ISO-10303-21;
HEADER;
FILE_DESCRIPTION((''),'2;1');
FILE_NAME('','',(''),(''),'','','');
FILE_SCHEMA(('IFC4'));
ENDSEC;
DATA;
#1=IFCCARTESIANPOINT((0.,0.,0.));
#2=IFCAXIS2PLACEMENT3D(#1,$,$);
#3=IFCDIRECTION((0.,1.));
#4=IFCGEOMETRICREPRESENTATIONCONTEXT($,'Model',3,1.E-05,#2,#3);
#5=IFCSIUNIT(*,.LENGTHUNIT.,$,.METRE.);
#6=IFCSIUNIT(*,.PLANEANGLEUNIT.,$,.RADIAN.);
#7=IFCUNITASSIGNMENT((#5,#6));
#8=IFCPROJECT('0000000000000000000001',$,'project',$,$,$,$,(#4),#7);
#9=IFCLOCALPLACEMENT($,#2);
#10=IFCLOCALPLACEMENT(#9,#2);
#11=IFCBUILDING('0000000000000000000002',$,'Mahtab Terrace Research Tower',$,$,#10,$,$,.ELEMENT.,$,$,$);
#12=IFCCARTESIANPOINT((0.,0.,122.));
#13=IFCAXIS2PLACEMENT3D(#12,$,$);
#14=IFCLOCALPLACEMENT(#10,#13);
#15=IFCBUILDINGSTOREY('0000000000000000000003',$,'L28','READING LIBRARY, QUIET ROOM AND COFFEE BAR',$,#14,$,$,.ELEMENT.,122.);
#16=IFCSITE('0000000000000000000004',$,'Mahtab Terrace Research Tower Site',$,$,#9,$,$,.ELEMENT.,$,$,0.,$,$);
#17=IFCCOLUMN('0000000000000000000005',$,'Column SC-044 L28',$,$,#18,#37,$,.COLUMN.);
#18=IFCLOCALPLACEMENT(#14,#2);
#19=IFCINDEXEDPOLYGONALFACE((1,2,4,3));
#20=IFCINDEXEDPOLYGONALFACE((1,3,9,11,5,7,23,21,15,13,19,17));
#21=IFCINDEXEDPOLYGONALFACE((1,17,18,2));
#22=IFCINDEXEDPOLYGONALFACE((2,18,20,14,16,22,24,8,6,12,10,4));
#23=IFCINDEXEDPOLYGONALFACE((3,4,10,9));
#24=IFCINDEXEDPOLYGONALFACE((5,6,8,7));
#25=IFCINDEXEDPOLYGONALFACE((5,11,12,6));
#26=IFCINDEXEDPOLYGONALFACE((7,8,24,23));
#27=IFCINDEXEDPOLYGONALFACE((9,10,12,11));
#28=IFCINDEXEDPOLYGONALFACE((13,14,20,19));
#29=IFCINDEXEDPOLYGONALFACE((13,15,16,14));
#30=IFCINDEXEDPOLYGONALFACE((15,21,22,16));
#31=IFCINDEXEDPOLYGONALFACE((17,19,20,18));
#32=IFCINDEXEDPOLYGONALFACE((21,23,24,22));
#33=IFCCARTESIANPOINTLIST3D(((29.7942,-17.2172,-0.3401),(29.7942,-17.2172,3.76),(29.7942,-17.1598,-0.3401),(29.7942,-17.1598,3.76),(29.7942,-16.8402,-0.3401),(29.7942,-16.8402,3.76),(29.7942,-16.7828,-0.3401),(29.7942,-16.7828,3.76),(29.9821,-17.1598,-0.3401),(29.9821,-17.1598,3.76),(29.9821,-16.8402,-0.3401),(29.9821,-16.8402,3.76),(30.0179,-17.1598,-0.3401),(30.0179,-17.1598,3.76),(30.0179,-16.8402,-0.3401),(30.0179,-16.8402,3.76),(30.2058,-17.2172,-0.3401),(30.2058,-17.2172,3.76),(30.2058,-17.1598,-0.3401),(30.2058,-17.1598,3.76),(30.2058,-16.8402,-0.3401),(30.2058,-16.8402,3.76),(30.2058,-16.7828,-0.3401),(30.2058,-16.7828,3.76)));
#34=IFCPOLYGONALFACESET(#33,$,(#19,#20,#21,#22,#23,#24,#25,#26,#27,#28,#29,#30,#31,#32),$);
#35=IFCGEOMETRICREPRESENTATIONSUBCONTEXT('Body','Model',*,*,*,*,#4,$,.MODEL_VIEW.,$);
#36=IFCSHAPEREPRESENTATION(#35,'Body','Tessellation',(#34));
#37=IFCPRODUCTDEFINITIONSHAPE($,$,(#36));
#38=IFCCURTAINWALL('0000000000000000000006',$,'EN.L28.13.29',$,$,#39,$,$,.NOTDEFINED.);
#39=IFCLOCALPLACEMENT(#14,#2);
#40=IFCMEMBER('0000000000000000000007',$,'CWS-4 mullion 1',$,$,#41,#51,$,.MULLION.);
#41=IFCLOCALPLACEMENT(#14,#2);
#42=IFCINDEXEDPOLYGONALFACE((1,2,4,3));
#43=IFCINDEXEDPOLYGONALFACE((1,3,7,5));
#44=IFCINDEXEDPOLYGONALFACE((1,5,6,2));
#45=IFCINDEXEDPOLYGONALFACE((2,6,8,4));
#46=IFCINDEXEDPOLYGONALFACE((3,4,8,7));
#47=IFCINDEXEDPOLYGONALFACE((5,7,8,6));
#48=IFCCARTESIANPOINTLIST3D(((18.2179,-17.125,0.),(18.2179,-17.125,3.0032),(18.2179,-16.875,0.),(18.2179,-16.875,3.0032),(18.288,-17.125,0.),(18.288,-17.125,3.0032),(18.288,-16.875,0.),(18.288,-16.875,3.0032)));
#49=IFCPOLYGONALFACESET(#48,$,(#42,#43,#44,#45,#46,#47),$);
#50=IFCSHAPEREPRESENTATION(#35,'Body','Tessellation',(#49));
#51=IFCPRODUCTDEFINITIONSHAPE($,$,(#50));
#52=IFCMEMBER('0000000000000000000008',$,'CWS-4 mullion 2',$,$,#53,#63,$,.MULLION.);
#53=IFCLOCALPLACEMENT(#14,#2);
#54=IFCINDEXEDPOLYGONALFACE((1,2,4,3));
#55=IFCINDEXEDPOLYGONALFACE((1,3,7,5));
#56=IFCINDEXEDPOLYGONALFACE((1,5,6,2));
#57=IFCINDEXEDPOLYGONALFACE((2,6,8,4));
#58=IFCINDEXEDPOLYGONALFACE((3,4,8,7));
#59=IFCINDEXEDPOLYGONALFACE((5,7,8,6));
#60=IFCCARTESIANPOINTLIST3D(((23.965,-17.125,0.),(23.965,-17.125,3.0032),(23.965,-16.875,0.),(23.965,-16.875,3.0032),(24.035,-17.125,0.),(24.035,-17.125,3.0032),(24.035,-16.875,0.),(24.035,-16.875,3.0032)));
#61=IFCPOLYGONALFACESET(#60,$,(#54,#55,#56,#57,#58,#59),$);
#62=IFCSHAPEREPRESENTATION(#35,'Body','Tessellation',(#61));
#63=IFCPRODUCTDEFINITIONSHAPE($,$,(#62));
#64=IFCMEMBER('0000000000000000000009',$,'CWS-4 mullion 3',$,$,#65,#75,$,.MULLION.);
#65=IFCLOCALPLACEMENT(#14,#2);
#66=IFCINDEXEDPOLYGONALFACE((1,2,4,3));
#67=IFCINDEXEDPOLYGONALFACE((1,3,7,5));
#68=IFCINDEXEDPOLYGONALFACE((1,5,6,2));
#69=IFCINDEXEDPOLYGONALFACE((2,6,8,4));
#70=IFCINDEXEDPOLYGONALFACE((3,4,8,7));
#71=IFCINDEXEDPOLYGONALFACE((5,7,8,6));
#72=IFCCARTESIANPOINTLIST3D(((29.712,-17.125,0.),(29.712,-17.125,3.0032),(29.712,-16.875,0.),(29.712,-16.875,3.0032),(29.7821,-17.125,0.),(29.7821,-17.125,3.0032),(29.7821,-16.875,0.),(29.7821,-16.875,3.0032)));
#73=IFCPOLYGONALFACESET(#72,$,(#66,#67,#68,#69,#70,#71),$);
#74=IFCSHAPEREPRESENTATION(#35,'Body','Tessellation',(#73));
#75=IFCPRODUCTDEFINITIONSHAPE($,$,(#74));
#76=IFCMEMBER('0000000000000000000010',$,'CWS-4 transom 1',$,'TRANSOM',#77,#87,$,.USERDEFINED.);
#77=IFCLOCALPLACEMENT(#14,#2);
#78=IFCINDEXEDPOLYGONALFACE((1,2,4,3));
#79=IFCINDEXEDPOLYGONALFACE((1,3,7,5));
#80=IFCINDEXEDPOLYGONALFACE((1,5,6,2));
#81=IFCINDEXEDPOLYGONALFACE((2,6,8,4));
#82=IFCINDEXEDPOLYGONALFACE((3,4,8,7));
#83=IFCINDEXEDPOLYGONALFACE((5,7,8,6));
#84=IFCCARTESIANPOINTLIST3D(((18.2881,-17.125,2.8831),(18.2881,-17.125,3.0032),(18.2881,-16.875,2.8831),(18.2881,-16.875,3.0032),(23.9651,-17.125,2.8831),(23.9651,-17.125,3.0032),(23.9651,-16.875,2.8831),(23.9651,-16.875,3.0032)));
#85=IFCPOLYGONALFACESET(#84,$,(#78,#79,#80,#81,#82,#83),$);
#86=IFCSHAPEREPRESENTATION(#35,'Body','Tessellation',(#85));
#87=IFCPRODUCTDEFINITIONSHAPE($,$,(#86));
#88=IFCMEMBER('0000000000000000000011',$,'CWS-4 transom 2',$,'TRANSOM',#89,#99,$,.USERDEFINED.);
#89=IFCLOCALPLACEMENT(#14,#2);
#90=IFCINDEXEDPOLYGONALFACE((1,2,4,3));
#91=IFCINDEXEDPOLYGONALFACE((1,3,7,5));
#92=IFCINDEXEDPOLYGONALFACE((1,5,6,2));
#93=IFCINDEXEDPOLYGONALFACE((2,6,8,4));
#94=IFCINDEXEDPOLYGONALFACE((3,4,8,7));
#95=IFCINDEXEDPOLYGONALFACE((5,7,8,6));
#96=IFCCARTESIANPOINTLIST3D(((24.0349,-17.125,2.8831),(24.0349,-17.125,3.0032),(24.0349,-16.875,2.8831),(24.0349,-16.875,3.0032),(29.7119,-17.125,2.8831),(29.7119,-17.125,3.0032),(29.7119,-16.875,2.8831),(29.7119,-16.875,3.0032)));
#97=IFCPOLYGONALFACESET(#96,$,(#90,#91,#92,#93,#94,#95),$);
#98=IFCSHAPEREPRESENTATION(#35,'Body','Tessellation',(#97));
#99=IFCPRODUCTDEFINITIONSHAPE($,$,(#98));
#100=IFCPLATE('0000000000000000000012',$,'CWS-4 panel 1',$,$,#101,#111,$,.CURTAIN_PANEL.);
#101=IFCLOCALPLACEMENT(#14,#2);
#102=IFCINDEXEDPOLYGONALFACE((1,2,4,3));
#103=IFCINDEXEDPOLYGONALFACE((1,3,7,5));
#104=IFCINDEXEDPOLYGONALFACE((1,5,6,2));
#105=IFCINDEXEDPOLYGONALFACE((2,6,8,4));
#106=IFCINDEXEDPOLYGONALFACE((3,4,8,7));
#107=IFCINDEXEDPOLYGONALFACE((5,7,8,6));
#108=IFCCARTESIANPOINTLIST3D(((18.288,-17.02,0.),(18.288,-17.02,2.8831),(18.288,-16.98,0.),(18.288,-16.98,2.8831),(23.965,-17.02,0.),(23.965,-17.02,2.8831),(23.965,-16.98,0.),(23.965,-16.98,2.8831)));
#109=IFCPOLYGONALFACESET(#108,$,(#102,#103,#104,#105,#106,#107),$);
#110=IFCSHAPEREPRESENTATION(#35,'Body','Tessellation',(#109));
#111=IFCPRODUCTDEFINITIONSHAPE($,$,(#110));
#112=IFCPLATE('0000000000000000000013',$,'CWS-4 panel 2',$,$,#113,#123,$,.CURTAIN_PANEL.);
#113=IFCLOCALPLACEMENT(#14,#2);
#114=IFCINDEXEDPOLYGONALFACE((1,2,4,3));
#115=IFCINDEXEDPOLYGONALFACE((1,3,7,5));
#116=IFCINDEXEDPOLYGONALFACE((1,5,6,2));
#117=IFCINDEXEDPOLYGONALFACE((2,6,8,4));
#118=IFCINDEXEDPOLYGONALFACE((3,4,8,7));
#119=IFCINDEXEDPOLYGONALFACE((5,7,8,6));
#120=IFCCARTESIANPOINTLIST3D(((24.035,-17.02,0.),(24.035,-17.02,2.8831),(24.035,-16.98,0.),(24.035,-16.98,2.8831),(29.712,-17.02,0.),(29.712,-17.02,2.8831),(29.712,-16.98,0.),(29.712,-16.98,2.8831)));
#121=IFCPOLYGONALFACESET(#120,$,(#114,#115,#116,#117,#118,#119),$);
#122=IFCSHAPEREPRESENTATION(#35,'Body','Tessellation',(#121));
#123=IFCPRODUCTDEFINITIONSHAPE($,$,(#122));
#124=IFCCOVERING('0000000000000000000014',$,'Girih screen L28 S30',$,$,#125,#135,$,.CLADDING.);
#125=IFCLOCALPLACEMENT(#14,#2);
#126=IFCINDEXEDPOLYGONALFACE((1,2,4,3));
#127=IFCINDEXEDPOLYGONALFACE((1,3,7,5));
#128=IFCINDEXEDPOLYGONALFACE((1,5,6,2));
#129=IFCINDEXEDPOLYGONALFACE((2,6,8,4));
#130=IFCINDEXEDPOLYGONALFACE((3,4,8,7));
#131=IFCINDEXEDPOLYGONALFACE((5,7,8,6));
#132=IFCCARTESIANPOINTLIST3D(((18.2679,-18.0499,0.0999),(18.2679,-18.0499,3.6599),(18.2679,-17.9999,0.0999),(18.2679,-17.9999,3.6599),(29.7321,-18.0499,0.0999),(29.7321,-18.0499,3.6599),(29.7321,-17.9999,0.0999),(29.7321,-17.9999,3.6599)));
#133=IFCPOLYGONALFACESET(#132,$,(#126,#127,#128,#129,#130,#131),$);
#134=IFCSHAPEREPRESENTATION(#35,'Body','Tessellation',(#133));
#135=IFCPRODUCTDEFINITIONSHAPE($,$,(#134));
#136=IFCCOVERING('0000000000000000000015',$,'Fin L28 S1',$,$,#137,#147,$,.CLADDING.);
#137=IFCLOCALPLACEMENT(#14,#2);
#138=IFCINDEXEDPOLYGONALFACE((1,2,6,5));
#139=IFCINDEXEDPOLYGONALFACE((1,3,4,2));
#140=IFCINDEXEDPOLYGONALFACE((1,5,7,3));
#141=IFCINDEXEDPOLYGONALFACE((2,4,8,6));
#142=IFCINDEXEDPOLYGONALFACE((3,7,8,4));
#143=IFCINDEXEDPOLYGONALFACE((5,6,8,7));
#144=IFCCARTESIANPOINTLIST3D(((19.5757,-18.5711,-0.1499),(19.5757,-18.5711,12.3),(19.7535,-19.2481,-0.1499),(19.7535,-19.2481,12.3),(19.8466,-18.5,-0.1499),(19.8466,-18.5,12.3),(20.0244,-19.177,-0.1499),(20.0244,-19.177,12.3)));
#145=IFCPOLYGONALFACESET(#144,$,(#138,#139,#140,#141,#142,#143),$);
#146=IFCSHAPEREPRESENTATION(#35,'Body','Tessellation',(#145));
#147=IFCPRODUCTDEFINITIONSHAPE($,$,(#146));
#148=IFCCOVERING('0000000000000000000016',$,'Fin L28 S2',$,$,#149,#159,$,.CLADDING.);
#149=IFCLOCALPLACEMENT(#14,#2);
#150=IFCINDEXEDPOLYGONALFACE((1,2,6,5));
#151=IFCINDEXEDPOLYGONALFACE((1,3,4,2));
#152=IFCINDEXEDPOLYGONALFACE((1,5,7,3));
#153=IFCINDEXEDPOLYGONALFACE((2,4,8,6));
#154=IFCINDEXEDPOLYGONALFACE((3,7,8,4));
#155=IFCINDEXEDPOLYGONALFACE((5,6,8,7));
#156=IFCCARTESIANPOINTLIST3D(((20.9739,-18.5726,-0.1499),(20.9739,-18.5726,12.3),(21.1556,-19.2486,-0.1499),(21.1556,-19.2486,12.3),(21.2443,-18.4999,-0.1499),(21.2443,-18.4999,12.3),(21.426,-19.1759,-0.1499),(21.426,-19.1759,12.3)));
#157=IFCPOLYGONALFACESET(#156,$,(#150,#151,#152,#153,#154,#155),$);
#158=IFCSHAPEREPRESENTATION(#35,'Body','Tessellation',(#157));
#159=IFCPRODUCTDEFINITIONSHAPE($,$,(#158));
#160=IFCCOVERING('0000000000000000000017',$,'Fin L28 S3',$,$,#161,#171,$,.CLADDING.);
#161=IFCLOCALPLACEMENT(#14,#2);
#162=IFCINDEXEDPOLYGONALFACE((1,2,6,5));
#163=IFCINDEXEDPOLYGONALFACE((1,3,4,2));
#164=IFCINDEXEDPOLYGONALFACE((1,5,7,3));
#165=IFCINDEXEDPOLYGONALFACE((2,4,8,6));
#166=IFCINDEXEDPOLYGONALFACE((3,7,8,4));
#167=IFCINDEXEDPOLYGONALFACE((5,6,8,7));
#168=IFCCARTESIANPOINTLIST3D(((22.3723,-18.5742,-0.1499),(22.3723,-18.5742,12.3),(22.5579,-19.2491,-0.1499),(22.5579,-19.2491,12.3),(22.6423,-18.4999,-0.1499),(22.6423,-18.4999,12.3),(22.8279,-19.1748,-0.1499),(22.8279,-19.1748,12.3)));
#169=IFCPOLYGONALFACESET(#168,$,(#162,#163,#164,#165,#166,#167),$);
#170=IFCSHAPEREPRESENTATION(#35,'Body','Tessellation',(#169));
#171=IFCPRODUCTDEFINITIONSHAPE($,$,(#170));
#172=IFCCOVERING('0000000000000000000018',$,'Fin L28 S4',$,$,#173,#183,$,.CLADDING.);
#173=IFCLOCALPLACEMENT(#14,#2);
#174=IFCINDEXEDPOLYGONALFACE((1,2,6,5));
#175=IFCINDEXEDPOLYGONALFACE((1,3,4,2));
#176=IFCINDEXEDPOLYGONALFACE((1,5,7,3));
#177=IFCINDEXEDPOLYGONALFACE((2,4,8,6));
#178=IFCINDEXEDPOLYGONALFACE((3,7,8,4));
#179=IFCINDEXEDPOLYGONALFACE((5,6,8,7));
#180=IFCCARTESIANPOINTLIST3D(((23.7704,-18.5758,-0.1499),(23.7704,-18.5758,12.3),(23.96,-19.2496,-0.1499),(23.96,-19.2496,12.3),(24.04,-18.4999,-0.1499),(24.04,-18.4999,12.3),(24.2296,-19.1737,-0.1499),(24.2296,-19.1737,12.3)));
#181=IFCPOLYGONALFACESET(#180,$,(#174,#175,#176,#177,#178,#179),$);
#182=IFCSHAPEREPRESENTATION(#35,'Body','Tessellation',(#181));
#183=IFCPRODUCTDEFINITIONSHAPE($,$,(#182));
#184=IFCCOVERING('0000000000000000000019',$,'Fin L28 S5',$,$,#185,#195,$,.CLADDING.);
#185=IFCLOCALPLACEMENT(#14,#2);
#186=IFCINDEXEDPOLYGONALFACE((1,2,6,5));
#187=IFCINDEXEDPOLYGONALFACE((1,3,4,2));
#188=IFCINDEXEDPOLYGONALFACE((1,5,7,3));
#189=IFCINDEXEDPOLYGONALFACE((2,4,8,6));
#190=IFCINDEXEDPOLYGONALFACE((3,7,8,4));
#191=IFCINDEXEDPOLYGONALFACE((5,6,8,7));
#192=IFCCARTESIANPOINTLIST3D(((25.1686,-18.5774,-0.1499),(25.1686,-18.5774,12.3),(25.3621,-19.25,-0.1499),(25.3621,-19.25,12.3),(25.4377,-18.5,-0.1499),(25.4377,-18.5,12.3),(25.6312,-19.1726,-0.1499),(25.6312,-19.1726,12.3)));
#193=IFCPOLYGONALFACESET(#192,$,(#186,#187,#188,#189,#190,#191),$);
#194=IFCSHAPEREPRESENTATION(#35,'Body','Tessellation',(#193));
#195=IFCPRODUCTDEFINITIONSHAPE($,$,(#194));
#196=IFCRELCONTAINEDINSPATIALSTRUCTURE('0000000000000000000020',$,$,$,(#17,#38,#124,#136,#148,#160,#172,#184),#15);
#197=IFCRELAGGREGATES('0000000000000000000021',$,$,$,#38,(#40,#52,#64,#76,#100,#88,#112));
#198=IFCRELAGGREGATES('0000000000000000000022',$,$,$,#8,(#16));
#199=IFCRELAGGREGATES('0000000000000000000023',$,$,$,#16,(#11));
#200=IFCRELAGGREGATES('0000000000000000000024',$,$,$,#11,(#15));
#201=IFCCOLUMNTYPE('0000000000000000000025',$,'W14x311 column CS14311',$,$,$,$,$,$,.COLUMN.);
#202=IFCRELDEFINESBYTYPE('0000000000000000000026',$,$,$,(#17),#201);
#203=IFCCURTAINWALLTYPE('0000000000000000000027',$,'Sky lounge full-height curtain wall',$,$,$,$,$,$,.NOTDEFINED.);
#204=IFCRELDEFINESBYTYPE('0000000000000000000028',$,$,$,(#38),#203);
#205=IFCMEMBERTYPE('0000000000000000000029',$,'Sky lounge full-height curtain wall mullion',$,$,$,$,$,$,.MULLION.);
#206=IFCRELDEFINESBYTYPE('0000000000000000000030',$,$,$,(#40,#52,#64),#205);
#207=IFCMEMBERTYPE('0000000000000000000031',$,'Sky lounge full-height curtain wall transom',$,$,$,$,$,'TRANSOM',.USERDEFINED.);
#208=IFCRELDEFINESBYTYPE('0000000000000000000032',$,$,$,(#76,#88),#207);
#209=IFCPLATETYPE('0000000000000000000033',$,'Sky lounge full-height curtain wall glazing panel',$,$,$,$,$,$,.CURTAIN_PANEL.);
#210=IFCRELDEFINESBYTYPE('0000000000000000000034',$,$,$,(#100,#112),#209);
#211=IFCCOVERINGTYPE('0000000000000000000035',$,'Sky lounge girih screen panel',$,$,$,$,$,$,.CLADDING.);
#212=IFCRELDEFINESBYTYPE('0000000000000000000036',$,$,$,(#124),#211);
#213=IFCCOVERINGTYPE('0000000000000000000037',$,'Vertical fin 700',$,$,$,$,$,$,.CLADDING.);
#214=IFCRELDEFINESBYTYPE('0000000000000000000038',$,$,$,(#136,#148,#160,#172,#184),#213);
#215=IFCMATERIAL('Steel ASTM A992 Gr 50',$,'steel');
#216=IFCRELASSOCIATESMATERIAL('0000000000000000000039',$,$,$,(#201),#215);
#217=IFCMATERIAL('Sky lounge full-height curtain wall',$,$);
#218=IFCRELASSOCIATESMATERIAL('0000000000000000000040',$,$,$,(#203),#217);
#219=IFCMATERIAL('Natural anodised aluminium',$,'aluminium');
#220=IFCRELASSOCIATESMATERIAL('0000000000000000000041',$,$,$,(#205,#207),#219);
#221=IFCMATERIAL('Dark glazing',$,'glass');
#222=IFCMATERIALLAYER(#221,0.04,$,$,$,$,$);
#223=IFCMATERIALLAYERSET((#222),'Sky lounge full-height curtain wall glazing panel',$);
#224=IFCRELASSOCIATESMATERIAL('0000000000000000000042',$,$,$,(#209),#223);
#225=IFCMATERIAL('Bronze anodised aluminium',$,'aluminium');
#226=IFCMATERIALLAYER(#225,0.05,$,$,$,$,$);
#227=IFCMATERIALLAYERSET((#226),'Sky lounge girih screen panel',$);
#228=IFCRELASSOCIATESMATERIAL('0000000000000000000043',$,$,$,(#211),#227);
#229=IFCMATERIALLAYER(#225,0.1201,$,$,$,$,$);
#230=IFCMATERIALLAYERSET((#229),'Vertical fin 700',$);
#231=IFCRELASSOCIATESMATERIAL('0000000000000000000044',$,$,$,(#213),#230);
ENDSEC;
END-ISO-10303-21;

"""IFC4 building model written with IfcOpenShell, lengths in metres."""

from ifc_helpers import new_model, si_unit, direction, frame, origin, origin_2d, place, context, subcontext, project, spatial, rectangle, i_section, extrude, material, layer, layer_set, material_profile, profile_set, type_object, element, aggregate, save


model = new_model("IFC4")

# Units and contexts
model_context = context("Model", 3, precision=1e-05, world=origin(), true_north=direction((0.0, 1.0)))
body_context = subcontext(model_context, "Body", "Model", "MODEL_VIEW")
ifc_project = project(units=[si_unit("LENGTHUNIT", "METRE"), si_unit("PLANEANGLEUNIT", "RADIAN")], contexts=[model_context])

# Site, building, storey
site_placement = place(None, origin())
site = spatial("IfcSite", under=ifc_project, at=site_placement, Name="Mahtab Terrace Research Tower Site", CompositionType="ELEMENT", RefElevation=0.0)
building_placement = place(site_placement, origin())
building = spatial("IfcBuilding", under=site, at=building_placement, Name="Mahtab Terrace Research Tower", CompositionType="ELEMENT")
storey_placement = place(building_placement, frame((0.0, 0.0, 122.0)))
storey = spatial("IfcBuildingStorey", under=building, at=storey_placement, Name="L28", Description="READING LIBRARY, QUIET ROOM AND COFFEE BAR", CompositionType="ELEMENT", Elevation=122.0)

# Column
ifc_material_1 = material(Name="Steel ASTM A992 Gr 50", Category="steel")
ifc_material_profile_1 = material_profile(ifc_material_1, i_section(OverallWidth=0.4116, OverallDepth=0.4343, WebThickness=0.0359, FlangeThickness=0.0574, at=origin_2d()), Name="W14X311")
ifc_profile_set_1 = profile_set([ifc_material_profile_1], Name="Steel ASTM A992 Gr 50")
column_type = type_object("IfcColumnType", Name="W14x311 column CS14311", PredefinedType="COLUMN", material=ifc_profile_set_1)
column_placement = place(storey_placement, frame((30.0, -17.0, -0.3401), z_axis=(0.0, 0.0, 1.0), x_axis=(1.0, 0.0, 0.0)))
element("IfcColumn", 1, at=column_placement, inside=storey, type_object=column_type, Name="Column SC-044 L28", PredefinedType="COLUMN", context=body_context, shape_type="SweptSolid", body=[
    extrude(i_section(OverallWidth=0.4116, OverallDepth=0.4343, WebThickness=0.0359, FlangeThickness=0.0574, at=origin_2d()), origin(), (0.0, 0.0, 1.0), 4.1001),
])

# Curtain wall, members, plates
ifc_material_2 = material(Name="Sky lounge full-height curtain wall")
curtain_wall_type = type_object("IfcCurtainWallType", Name="Sky lounge full-height curtain wall", PredefinedType="NOTDEFINED", material=ifc_material_2)
curtain_wall_placement = place(storey_placement, origin())
curtain_wall = element("IfcCurtainWall", 2, at=curtain_wall_placement, inside=storey, type_object=curtain_wall_type, Name="EN.L28.13.29", PredefinedType="NOTDEFINED")
ifc_material_3 = material(Name="Natural anodised aluminium", Category="aluminium")
ifc_material_profile_2 = material_profile(ifc_material_3, rectangle(XDim=0.25, YDim=0.0701, at=origin_2d()), Name="MULLION 70x250")
ifc_profile_set_2 = profile_set([ifc_material_profile_2], Name="Natural anodised aluminium")
member_type_1 = type_object("IfcMemberType", Name="Sky lounge full-height curtain wall mullion", PredefinedType="MULLION", material=ifc_profile_set_2)
member_1_placement = place(storey_placement, frame((18.2529, -17.0, 0.0), z_axis=(0.0, 0.0, 1.0), x_axis=(0.0, 1.0, 0.0)))
member_1 = element("IfcMember", 3, at=member_1_placement, type_object=member_type_1, Name="CWS-4 mullion 1", PredefinedType="MULLION", context=body_context, shape_type="SweptSolid", body=[
    extrude(rectangle(XDim=0.25, YDim=0.0701, at=origin_2d()), origin(), (0.0, 0.0, 1.0), 3.0032),
])
member_2_placement = place(storey_placement, frame((24.0, -17.0, 0.0), z_axis=(0.0, 0.0, 1.0), x_axis=(0.0, 1.0, 0.0)))
member_2 = element("IfcMember", 4, at=member_2_placement, type_object=member_type_1, Name="CWS-4 mullion 2", PredefinedType="MULLION", context=body_context, shape_type="SweptSolid", body=[
    extrude(rectangle(XDim=0.25, YDim=0.0701, at=origin_2d()), origin(), (0.0, 0.0, 1.0), 3.0032),
])
member_3_placement = place(storey_placement, frame((29.7471, -17.0, 0.0), z_axis=(0.0, 0.0, 1.0), x_axis=(0.0, 1.0, 0.0)))
member_3 = element("IfcMember", 5, at=member_3_placement, type_object=member_type_1, Name="CWS-4 mullion 3", PredefinedType="MULLION", context=body_context, shape_type="SweptSolid", body=[
    extrude(rectangle(XDim=0.25, YDim=0.0701, at=origin_2d()), origin(), (0.0, 0.0, 1.0), 3.0032),
])
ifc_material_profile_3 = material_profile(ifc_material_3, rectangle(XDim=0.25, YDim=0.1201, at=origin_2d()), Name="TRANSOM 120x250")
ifc_profile_set_3 = profile_set([ifc_material_profile_3], Name="Natural anodised aluminium")
member_type_2 = type_object("IfcMemberType", Name="Sky lounge full-height curtain wall transom", ElementType="TRANSOM", PredefinedType="USERDEFINED", material=ifc_profile_set_3)
member_4_placement = place(storey_placement, frame((18.2881, -17.0, 2.9431), z_axis=(1.0, 0.0, 0.0), x_axis=(0.0, 1.0, 0.0)))
member_4 = element("IfcMember", 6, at=member_4_placement, type_object=member_type_2, Name="CWS-4 transom 1", ObjectType="TRANSOM", PredefinedType="USERDEFINED", context=body_context, shape_type="SweptSolid", body=[
    extrude(rectangle(XDim=0.25, YDim=0.1201, at=origin_2d()), origin(), (0.0, 0.0, 1.0), 5.677),
])
member_5_placement = place(storey_placement, frame((24.0349, -17.0, 2.9431), z_axis=(1.0, 0.0, 0.0), x_axis=(0.0, 1.0, 0.0)))
member_5 = element("IfcMember", 7, at=member_5_placement, type_object=member_type_2, Name="CWS-4 transom 2", ObjectType="TRANSOM", PredefinedType="USERDEFINED", context=body_context, shape_type="SweptSolid", body=[
    extrude(rectangle(XDim=0.25, YDim=0.1201, at=origin_2d()), origin(), (0.0, 0.0, 1.0), 5.677),
])
ifc_material_4 = material(Name="Dark glazing", Category="glass")
ifc_layer_1 = layer(ifc_material_4, 0.04)
ifc_layer_set_1 = layer_set([ifc_layer_1], Name="Sky lounge full-height curtain wall glazing panel")
plate_type = type_object("IfcPlateType", Name="Sky lounge full-height curtain wall glazing panel", PredefinedType="CURTAIN_PANEL", material=ifc_layer_set_1)
plate_1_placement = place(storey_placement, frame((21.1265, -17.0, 0.0), z_axis=(0.0, 0.0, 1.0), x_axis=(1.0, 0.0, 0.0)))
plate_1 = element("IfcPlate", 8, at=plate_1_placement, type_object=plate_type, Name="CWS-4 panel 1", PredefinedType="CURTAIN_PANEL", context=body_context, shape_type="SweptSolid", body=[
    extrude(rectangle(XDim=5.677, YDim=0.04, at=origin_2d()), origin(), (0.0, 0.0, 1.0), 2.8831),
])
plate_2_placement = place(storey_placement, frame((26.8735, -17.0, 0.0), z_axis=(0.0, 0.0, 1.0), x_axis=(1.0, 0.0, 0.0)))
plate_2 = element("IfcPlate", 9, at=plate_2_placement, type_object=plate_type, Name="CWS-4 panel 2", PredefinedType="CURTAIN_PANEL", context=body_context, shape_type="SweptSolid", body=[
    extrude(rectangle(XDim=5.677, YDim=0.04, at=origin_2d()), origin(), (0.0, 0.0, 1.0), 2.8831),
])
aggregate(curtain_wall, [member_1, member_2, member_3, member_4, plate_1, member_5, plate_2])

# Coverings
ifc_material_5 = material(Name="Bronze anodised aluminium", Category="aluminium")
ifc_layer_2 = layer(ifc_material_5, 0.05)
ifc_layer_set_2 = layer_set([ifc_layer_2], Name="Sky lounge girih screen panel")
covering_type_1 = type_object("IfcCoveringType", Name="Sky lounge girih screen panel", PredefinedType="CLADDING", material=ifc_layer_set_2)
covering_placement = place(storey_placement, frame((24.0, -18.0249, 0.0999), z_axis=(0.0, 0.0, 1.0), x_axis=(1.0, 0.0, 0.0)))
element("IfcCovering", 10, at=covering_placement, inside=storey, type_object=covering_type_1, Name="Girih screen L28 S30", PredefinedType="CLADDING", context=body_context, shape_type="SweptSolid", body=[
    extrude(rectangle(XDim=11.4641, YDim=0.05, at=origin_2d()), origin(), (0.0, 0.0, 1.0), 3.5601),
])
ifc_layer_3 = layer(ifc_material_5, 0.1201)
ifc_layer_set_3 = layer_set([ifc_layer_3], Name="Vertical fin 700")
covering_type_2 = type_object("IfcCoveringType", Name="Vertical fin 700", PredefinedType="CLADDING", material=ifc_layer_set_3)
for number, where, z_axis, x_axis, name in (
    (11, (19.8, -18.874, -0.1499), (0.0, 0.0, 1.0), (0.967204, 0.253999, 0.0), "Fin L28 S1"),
    (12, (21.2, -18.8743, -0.1499), (0.0, 0.0, 1.0), (0.96571, 0.259622, 0.0), "Fin L28 S2"),
    (13, (22.6001, -18.8745, -0.1499), (0.0, 0.0, 1.0), (0.964184, 0.265236, 0.0), "Fin L28 S3"),
    (14, (24.0, -18.8748, -0.1499), (0.0, 0.0, 1.0), (0.962624, 0.27084, 0.0), "Fin L28 S4"),
    (15, (25.3999, -18.875, -0.1499), (0.0, 0.0, 1.0), (0.961032, 0.276436, 0.0), "Fin L28 S5"),
):
    element("IfcCovering", number, at=place(storey_placement, frame(where, z_axis=z_axis, x_axis=x_axis)), inside=storey, type_object=covering_type_2, Name=name, PredefinedType="CLADDING", context=body_context, shape_type="SweptSolid", body=[
        extrude(rectangle(XDim=0.28, YDim=0.7, at=origin_2d()), origin(), (0.0, 0.0, 1.0), 12.45),
    ])

save(model, "model.ifc")
